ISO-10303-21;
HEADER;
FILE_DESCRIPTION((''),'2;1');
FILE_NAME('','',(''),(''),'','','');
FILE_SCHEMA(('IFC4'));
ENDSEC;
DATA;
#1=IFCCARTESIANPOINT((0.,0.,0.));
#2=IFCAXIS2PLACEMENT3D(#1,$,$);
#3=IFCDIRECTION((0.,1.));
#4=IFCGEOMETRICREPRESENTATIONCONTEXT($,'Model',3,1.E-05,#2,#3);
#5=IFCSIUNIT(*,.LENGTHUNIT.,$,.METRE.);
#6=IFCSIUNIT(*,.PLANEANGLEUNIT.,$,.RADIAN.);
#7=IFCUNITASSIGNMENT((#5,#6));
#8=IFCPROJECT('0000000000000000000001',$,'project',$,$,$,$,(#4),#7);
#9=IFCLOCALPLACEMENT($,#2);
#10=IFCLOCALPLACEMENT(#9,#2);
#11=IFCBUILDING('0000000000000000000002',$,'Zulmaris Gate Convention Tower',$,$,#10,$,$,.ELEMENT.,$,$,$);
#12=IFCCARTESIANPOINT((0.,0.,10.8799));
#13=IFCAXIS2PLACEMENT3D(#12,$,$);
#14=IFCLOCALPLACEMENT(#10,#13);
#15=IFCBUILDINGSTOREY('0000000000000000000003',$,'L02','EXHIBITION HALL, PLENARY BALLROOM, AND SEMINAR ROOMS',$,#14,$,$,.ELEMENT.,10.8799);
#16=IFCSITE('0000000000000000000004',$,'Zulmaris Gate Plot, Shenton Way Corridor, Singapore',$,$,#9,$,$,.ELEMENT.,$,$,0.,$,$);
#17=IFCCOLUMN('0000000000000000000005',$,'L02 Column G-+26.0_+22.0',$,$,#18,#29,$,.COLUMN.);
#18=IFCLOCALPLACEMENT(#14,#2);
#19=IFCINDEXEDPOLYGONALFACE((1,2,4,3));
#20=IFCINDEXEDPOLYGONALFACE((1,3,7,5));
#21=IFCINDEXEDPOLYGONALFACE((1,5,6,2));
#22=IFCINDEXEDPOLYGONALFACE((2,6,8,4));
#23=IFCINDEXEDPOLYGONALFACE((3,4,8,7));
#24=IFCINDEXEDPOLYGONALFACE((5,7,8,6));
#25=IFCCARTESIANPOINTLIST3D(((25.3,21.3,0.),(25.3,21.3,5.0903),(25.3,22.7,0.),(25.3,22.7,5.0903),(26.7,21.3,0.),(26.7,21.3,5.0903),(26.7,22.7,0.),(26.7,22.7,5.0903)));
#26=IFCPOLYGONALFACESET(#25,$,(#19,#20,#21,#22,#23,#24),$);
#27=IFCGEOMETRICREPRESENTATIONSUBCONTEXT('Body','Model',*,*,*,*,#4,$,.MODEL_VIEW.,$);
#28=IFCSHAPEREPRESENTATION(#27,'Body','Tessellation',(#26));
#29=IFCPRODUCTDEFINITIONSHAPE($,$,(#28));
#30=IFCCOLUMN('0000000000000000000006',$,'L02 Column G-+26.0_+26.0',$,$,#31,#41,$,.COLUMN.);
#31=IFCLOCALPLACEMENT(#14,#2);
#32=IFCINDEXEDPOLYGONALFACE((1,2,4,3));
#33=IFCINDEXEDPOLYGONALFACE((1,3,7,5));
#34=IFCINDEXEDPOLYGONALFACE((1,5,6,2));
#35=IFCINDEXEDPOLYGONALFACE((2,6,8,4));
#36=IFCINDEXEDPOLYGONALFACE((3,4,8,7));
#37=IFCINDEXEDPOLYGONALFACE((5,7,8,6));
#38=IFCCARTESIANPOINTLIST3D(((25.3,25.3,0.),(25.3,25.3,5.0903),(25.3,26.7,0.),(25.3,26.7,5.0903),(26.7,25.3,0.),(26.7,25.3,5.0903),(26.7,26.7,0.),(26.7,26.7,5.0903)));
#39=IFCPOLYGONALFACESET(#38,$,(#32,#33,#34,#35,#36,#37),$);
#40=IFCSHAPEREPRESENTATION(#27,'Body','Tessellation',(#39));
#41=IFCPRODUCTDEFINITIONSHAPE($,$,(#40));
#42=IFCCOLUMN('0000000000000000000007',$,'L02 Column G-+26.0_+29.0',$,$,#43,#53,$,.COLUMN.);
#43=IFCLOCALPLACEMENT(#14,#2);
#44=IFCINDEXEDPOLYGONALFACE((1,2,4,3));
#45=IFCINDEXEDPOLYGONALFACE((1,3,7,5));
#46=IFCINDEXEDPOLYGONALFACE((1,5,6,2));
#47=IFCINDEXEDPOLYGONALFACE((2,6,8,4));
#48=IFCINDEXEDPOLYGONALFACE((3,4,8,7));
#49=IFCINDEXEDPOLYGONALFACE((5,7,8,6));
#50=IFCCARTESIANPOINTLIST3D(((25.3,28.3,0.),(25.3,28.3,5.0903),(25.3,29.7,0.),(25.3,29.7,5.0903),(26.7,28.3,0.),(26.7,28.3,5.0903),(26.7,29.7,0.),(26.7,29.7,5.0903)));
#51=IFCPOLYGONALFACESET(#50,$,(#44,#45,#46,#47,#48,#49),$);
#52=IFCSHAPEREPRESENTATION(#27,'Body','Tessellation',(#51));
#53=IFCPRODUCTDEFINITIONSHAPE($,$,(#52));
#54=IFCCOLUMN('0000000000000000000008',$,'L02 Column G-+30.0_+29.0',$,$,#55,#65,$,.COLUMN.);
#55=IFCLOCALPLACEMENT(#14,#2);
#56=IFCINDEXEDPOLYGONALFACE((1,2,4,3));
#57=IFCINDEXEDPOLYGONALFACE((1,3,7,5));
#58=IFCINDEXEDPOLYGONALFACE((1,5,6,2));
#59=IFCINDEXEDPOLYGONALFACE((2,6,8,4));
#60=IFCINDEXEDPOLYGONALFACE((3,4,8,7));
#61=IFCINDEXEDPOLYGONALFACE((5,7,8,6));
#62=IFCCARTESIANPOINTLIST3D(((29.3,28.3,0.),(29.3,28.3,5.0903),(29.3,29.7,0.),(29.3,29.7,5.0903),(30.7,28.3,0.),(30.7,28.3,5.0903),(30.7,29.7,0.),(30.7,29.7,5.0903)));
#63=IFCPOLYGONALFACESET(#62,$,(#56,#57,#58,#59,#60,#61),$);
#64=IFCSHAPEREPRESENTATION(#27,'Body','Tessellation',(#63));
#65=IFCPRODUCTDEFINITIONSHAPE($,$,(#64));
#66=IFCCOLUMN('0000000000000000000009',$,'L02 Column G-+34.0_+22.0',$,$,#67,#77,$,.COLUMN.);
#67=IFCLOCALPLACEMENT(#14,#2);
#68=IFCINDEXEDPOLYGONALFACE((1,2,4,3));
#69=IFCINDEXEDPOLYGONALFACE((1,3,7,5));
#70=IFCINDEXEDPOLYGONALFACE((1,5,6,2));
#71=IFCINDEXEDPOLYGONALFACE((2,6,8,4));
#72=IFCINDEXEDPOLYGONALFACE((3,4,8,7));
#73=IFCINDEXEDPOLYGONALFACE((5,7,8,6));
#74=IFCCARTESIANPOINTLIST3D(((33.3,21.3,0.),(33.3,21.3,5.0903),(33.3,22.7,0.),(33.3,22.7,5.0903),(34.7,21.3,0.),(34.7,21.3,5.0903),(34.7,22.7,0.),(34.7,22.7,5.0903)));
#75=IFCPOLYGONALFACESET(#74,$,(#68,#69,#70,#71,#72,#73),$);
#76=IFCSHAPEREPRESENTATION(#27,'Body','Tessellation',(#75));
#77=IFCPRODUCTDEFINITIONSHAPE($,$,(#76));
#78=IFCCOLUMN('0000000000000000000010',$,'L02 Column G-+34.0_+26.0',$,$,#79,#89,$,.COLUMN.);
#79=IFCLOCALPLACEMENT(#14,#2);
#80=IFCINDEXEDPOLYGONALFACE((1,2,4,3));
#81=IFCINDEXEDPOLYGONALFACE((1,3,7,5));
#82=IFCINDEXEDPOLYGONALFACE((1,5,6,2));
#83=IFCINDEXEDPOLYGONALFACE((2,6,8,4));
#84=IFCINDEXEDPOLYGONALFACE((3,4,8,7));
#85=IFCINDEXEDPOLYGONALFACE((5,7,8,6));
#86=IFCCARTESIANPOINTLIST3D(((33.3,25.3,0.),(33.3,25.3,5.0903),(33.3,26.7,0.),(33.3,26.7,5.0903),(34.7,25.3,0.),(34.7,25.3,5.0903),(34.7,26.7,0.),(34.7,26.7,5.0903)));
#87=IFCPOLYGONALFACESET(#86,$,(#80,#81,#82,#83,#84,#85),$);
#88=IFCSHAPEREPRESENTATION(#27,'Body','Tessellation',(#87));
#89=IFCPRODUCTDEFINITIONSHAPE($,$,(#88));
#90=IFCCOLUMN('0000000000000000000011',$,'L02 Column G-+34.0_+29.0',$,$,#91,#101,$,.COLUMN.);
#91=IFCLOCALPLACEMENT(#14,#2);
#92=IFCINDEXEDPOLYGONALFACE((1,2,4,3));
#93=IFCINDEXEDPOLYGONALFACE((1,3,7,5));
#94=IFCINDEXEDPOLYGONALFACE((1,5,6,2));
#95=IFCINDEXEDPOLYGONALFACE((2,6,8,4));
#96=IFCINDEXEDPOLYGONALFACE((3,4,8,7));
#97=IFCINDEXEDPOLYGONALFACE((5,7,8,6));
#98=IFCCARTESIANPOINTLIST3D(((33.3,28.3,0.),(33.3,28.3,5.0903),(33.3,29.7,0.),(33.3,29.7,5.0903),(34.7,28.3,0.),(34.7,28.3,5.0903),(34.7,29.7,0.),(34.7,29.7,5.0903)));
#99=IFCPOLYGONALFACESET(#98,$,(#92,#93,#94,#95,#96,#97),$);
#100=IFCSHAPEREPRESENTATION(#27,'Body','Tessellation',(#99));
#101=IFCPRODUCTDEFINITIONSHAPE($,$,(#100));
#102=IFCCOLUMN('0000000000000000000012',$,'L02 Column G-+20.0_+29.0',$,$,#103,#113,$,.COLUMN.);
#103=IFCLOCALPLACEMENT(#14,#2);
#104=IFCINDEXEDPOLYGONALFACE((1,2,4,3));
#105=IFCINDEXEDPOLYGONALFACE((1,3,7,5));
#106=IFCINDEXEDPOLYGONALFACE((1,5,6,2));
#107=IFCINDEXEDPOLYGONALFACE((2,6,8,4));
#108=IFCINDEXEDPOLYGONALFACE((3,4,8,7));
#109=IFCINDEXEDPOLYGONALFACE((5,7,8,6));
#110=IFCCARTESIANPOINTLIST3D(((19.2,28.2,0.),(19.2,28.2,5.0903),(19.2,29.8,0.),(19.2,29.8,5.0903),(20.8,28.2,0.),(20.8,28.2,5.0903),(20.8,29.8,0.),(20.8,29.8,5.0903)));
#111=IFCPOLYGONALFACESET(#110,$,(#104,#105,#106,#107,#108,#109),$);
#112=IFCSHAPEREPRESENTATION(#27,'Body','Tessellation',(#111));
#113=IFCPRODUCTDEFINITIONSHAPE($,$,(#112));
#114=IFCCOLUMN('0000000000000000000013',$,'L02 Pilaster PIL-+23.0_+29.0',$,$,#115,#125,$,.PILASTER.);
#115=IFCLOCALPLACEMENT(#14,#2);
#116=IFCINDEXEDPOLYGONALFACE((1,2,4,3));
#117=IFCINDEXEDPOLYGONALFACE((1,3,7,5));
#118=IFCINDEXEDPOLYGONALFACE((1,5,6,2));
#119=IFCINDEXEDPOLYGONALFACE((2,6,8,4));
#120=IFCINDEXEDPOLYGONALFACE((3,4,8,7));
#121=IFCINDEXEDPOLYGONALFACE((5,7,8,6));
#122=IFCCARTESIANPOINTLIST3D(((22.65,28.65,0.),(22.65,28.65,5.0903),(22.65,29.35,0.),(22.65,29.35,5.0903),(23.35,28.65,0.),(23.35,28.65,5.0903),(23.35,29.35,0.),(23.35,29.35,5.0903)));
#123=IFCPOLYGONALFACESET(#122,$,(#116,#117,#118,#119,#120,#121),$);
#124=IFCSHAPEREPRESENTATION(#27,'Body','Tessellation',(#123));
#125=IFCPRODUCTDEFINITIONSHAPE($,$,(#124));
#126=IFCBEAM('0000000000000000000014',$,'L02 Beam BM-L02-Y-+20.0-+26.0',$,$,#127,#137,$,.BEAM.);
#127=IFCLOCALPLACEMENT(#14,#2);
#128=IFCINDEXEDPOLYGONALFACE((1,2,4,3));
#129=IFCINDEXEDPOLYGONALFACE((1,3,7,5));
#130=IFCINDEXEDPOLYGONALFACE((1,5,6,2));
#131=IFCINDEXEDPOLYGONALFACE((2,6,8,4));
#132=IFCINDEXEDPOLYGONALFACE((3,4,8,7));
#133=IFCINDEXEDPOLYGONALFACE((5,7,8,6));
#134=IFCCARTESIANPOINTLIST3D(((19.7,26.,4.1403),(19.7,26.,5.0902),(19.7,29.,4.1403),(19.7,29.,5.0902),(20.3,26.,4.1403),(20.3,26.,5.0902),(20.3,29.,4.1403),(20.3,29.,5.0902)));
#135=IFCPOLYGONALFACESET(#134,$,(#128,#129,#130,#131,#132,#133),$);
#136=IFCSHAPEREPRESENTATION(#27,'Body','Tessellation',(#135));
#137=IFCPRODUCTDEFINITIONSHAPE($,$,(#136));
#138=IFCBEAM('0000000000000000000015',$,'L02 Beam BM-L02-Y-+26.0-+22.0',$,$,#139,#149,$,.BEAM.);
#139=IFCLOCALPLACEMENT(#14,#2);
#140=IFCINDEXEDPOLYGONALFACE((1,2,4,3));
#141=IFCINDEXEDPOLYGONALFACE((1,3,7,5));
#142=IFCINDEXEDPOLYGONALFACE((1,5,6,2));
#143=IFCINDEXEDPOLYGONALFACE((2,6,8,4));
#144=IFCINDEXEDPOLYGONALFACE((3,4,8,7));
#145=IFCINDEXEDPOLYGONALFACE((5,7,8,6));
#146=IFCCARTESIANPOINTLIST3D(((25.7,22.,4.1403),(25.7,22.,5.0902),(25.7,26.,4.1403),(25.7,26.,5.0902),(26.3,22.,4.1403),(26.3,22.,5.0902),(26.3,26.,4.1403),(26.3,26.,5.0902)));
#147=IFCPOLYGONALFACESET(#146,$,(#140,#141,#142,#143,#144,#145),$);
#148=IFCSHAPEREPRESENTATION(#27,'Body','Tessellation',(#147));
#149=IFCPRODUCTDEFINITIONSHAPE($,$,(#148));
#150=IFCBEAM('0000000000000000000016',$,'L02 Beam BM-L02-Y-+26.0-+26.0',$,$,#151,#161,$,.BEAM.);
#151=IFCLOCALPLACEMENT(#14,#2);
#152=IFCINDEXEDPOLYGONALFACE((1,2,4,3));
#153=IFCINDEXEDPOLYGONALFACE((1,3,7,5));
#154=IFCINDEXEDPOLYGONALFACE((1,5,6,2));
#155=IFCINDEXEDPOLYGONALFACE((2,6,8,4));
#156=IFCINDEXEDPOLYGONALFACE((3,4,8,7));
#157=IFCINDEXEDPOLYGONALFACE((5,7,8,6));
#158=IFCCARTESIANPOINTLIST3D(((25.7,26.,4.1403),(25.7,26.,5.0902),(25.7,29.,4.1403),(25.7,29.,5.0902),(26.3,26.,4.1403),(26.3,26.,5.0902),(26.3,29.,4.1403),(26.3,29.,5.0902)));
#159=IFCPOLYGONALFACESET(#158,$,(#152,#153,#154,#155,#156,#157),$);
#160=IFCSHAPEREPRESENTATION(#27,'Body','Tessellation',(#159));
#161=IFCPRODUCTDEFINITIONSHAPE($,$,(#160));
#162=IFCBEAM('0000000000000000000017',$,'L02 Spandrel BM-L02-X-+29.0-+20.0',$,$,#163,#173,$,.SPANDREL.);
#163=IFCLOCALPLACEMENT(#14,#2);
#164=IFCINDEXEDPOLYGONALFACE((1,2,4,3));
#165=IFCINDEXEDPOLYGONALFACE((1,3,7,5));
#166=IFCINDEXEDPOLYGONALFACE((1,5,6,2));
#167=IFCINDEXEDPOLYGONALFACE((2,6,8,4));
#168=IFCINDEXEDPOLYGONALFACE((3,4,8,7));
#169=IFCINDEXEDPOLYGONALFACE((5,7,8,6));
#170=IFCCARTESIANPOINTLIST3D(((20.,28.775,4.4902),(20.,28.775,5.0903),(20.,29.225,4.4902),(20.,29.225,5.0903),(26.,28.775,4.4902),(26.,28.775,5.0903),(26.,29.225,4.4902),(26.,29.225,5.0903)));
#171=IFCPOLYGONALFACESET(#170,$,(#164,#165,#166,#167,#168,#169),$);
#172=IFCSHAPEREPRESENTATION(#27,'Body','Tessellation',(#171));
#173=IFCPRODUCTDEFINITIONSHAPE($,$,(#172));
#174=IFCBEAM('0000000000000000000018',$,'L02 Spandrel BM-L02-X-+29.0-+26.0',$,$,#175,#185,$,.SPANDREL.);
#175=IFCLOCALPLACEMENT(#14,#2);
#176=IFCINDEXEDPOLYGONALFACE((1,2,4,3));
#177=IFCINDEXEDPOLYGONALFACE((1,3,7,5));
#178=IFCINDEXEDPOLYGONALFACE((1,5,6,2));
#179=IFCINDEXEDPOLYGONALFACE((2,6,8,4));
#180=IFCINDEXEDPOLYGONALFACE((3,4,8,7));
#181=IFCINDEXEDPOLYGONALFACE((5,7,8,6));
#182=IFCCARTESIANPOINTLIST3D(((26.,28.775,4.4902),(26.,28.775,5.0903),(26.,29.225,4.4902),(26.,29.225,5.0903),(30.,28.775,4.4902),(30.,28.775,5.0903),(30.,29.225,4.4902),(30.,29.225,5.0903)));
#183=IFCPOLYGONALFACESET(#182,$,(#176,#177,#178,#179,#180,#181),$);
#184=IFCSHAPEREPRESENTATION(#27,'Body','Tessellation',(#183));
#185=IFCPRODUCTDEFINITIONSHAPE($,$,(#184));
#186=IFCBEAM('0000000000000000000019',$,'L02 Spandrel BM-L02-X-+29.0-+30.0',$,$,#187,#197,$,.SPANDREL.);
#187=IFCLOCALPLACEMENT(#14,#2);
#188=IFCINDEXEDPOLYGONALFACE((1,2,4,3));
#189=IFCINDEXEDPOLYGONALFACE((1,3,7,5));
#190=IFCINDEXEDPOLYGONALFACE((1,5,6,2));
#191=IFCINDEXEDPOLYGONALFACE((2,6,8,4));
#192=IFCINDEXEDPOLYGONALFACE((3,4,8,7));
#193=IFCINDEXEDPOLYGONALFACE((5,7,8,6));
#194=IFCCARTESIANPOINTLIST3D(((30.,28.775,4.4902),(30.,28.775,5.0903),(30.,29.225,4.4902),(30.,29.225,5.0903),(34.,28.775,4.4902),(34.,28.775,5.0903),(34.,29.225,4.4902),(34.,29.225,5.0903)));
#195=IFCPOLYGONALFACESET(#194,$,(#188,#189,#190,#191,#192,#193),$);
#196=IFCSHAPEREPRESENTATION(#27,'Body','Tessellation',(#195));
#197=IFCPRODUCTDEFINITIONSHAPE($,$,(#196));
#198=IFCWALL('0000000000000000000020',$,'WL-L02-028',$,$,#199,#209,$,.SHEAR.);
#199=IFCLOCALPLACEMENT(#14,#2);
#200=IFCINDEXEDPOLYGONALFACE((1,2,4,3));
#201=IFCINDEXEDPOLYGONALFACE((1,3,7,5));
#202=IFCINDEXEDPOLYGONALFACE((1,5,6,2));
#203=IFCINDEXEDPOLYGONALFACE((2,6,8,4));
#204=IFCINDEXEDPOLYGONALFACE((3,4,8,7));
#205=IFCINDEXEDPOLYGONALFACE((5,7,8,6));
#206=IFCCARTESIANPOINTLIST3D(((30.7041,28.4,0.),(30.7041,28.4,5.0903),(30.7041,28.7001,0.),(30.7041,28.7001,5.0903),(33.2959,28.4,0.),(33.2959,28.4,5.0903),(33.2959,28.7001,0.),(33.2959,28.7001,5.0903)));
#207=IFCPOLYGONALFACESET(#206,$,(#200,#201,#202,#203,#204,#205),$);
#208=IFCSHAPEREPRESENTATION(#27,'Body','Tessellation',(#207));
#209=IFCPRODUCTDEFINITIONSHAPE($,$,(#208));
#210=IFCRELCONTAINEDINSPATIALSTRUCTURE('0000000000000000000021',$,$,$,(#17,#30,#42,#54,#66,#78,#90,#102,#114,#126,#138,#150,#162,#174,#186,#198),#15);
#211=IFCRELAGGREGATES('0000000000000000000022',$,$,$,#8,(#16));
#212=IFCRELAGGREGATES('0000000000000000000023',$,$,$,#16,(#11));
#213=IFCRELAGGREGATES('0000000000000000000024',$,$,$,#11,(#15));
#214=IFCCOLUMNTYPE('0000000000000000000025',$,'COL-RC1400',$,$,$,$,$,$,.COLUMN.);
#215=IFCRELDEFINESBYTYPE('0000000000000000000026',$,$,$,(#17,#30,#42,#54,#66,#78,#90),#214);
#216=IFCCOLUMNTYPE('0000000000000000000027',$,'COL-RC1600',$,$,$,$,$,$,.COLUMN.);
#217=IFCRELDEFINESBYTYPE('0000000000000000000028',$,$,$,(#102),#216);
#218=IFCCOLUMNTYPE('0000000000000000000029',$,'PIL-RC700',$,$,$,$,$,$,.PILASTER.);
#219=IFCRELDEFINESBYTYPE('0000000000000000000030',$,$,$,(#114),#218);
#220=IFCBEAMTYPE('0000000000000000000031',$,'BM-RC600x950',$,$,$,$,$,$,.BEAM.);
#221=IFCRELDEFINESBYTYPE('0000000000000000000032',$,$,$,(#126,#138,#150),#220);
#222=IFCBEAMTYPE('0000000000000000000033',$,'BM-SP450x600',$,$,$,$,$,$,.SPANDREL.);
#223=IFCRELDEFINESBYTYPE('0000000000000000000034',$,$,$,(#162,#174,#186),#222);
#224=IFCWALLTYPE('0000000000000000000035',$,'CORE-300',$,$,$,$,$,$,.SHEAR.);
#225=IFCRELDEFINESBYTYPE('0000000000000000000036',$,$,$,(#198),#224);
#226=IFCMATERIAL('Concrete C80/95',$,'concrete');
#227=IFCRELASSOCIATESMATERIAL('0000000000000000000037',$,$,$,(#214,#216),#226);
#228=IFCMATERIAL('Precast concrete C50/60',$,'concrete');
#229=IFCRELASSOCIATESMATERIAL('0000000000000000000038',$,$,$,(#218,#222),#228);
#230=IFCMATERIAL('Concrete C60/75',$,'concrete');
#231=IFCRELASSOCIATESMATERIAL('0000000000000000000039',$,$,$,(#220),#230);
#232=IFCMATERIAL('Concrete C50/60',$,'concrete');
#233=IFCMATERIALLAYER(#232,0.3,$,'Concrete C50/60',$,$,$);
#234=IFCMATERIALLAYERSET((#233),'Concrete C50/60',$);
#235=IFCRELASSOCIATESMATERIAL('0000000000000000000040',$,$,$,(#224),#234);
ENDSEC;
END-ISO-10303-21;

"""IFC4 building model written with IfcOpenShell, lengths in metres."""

from ifc_helpers import new_model, si_unit, direction, frame, frame_2d, origin, origin_2d, place, context, subcontext, project, spatial, rectangle, extrude, material, layer, layer_set, material_profile, profile_set, type_object, element, save


model = new_model("IFC4")

# Units and contexts
model_context = context("Model", 3, precision=1e-05, world=origin(), true_north=direction((0.0, 1.0)))
body_context = subcontext(model_context, "Body", "Model", "MODEL_VIEW")
ifc_project = project(units=[si_unit("LENGTHUNIT", "METRE"), si_unit("PLANEANGLEUNIT", "RADIAN")], contexts=[model_context])

# Site, building, storey
site_placement = place(None, origin())
site = spatial("IfcSite", under=ifc_project, at=site_placement, Name="Zulmaris Gate Plot, Shenton Way Corridor, Singapore", CompositionType="ELEMENT", RefElevation=0.0)
building_placement = place(site_placement, origin())
building = spatial("IfcBuilding", under=site, at=building_placement, Name="Zulmaris Gate Convention Tower", CompositionType="ELEMENT")
storey_placement = place(building_placement, frame((0.0, 0.0, 10.8799)))
storey = spatial("IfcBuildingStorey", under=building, at=storey_placement, Name="L02", Description="EXHIBITION HALL, PLENARY BALLROOM, AND SEMINAR ROOMS", CompositionType="ELEMENT", Elevation=10.8799)

# Columns
ifc_material_1 = material(Name="Concrete C80/95", Category="concrete")
ifc_material_profile_1 = material_profile(ifc_material_1, rectangle(XDim=1.3999, YDim=1.3999, at=origin_2d()), Name="RC COL 1400x1400")
ifc_profile_set_1 = profile_set([ifc_material_profile_1], Name="Concrete C80/95")
column_type_1 = type_object("IfcColumnType", Name="COL-RC1400", PredefinedType="COLUMN", material=ifc_profile_set_1)
for number, where, z_axis, x_axis, name in (
    (1, (26.0, 22.0, 0.0), (0.0, 0.0, 1.0), (1.0, 0.0, 0.0), "L02 Column G-+26.0_+22.0"),
    (2, (26.0, 26.0, 0.0), (0.0, 0.0, 1.0), (1.0, 0.0, 0.0), "L02 Column G-+26.0_+26.0"),
    (3, (26.0, 29.0, 0.0), (0.0, 0.0, 1.0), (1.0, 0.0, 0.0), "L02 Column G-+26.0_+29.0"),
    (4, (30.0, 29.0, 0.0), (0.0, 0.0, 1.0), (1.0, 0.0, 0.0), "L02 Column G-+30.0_+29.0"),
    (5, (34.0, 22.0, 0.0), (0.0, 0.0, 1.0), (1.0, 0.0, 0.0), "L02 Column G-+34.0_+22.0"),
    (6, (34.0, 26.0, 0.0), (0.0, 0.0, 1.0), (1.0, 0.0, 0.0), "L02 Column G-+34.0_+26.0"),
    (7, (34.0, 29.0, 0.0), (0.0, 0.0, 1.0), (1.0, 0.0, 0.0), "L02 Column G-+34.0_+29.0"),
):
    element("IfcColumn", number, at=place(storey_placement, frame(where, z_axis=z_axis, x_axis=x_axis)), inside=storey, type_object=column_type_1, Name=name, PredefinedType="COLUMN", context=body_context, shape_type="SweptSolid", body=[
        extrude(rectangle(XDim=1.3999, YDim=1.3999, at=origin_2d()), origin(), (0.0, 0.0, 1.0), 5.0903),
    ])
ifc_material_profile_2 = material_profile(ifc_material_1, rectangle(XDim=1.6001, YDim=1.6001, at=origin_2d()), Name="RC COL 1600x1600")
ifc_profile_set_2 = profile_set([ifc_material_profile_2], Name="Concrete C80/95")
column_type_2 = type_object("IfcColumnType", Name="COL-RC1600", PredefinedType="COLUMN", material=ifc_profile_set_2)
column_1_placement = place(storey_placement, frame((20.0, 29.0, 0.0), z_axis=(0.0, 0.0, 1.0), x_axis=(1.0, 0.0, 0.0)))
element("IfcColumn", 8, at=column_1_placement, inside=storey, type_object=column_type_2, Name="L02 Column G-+20.0_+29.0", PredefinedType="COLUMN", context=body_context, shape_type="SweptSolid", body=[
    extrude(rectangle(XDim=1.6001, YDim=1.6001, at=origin_2d()), origin(), (0.0, 0.0, 1.0), 5.0903),
])
ifc_material_2 = material(Name="Precast concrete C50/60", Category="concrete")
ifc_material_profile_3 = material_profile(ifc_material_2, rectangle(XDim=0.7, YDim=0.7, at=origin_2d()), Name="RC COL 700x700")
ifc_profile_set_3 = profile_set([ifc_material_profile_3], Name="Precast concrete C50/60")
column_type_3 = type_object("IfcColumnType", Name="PIL-RC700", PredefinedType="PILASTER", material=ifc_profile_set_3)
column_2_placement = place(storey_placement, frame((23.0, 29.0, 0.0), z_axis=(0.0, 0.0, 1.0), x_axis=(1.0, 0.0, 0.0)))
element("IfcColumn", 9, at=column_2_placement, inside=storey, type_object=column_type_3, Name="L02 Pilaster PIL-+23.0_+29.0", PredefinedType="PILASTER", context=body_context, shape_type="SweptSolid", body=[
    extrude(rectangle(XDim=0.7, YDim=0.7, at=origin_2d()), origin(), (0.0, 0.0, 1.0), 5.0903),
])

# Beams
ifc_material_3 = material(Name="Concrete C60/75", Category="concrete")
ifc_material_profile_4 = material_profile(ifc_material_3, rectangle(XDim=0.6001, YDim=0.95, at=origin_2d()), Name="RC BEAM 600x950")
ifc_profile_set_4 = profile_set([ifc_material_profile_4], Name="Concrete C60/75")
beam_type_1 = type_object("IfcBeamType", Name="BM-RC600x950", PredefinedType="BEAM", material=ifc_profile_set_4)
beam_1_placement = place(storey_placement, frame((20.0, 26.0, 4.6152), z_axis=(0.0, 1.0, 0.0), x_axis=(-1.0, 0.0, 0.0)))
element("IfcBeam", 10, at=beam_1_placement, inside=storey, type_object=beam_type_1, Name="L02 Beam BM-L02-Y-+20.0-+26.0", PredefinedType="BEAM", context=body_context, shape_type="SweptSolid", body=[
    extrude(rectangle(XDim=0.6001, YDim=0.95, at=origin_2d()), origin(), (0.0, 0.0, 1.0), 3.0),
])
beam_2_placement = place(storey_placement, frame((26.0, 22.0, 4.6152), z_axis=(0.0, 1.0, 0.0), x_axis=(-1.0, 0.0, 0.0)))
element("IfcBeam", 11, at=beam_2_placement, inside=storey, type_object=beam_type_1, Name="L02 Beam BM-L02-Y-+26.0-+22.0", PredefinedType="BEAM", context=body_context, shape_type="SweptSolid", body=[
    extrude(rectangle(XDim=0.6001, YDim=0.95, at=origin_2d()), origin(), (0.0, 0.0, 1.0), 4.0),
])
beam_3_placement = place(storey_placement, frame((26.0, 26.0, 4.6152), z_axis=(0.0, 1.0, 0.0), x_axis=(-1.0, 0.0, 0.0)))
element("IfcBeam", 12, at=beam_3_placement, inside=storey, type_object=beam_type_1, Name="L02 Beam BM-L02-Y-+26.0-+26.0", PredefinedType="BEAM", context=body_context, shape_type="SweptSolid", body=[
    extrude(rectangle(XDim=0.6001, YDim=0.95, at=origin_2d()), origin(), (0.0, 0.0, 1.0), 3.0),
])
ifc_material_profile_5 = material_profile(ifc_material_2, rectangle(XDim=0.45, YDim=0.6001, at=origin_2d()), Name="RC SPANDREL 450x600")
ifc_profile_set_5 = profile_set([ifc_material_profile_5], Name="Precast concrete C50/60")
beam_type_2 = type_object("IfcBeamType", Name="BM-SP450x600", PredefinedType="SPANDREL", material=ifc_profile_set_5)
beam_4_placement = place(storey_placement, frame((20.0, 29.0, 4.7903), z_axis=(1.0, 0.0, 0.0), x_axis=(0.0, 1.0, 0.0)))
element("IfcBeam", 13, at=beam_4_placement, inside=storey, type_object=beam_type_2, Name="L02 Spandrel BM-L02-X-+29.0-+20.0", PredefinedType="SPANDREL", context=body_context, shape_type="SweptSolid", body=[
    extrude(rectangle(XDim=0.45, YDim=0.6001, at=origin_2d()), origin(), (0.0, 0.0, 1.0), 6.0),
])
for number, where, z_axis, x_axis, name in (
    (14, (26.0, 29.0, 4.7903), (1.0, 0.0, 0.0), (0.0, 1.0, 0.0), "L02 Spandrel BM-L02-X-+29.0-+26.0"),
    (15, (30.0, 29.0, 4.7903), (1.0, 0.0, 0.0), (0.0, 1.0, 0.0), "L02 Spandrel BM-L02-X-+29.0-+30.0"),
):
    element("IfcBeam", number, at=place(storey_placement, frame(where, z_axis=z_axis, x_axis=x_axis)), inside=storey, type_object=beam_type_2, Name=name, PredefinedType="SPANDREL", context=body_context, shape_type="SweptSolid", body=[
        extrude(rectangle(XDim=0.45, YDim=0.6001, at=origin_2d()), origin(), (0.0, 0.0, 1.0), 4.0),
    ])

# Wall
ifc_material_4 = material(Name="Concrete C50/60", Category="concrete")
ifc_layer_1 = layer(ifc_material_4, 0.3, Name="Concrete C50/60")
ifc_layer_set_1 = layer_set([ifc_layer_1], Name="Concrete C50/60")
wall_type_1 = type_object("IfcWallType", Name="CORE-300", PredefinedType="SHEAR", material=ifc_layer_set_1)
wall_1_placement = place(storey_placement, frame((30.7041, 28.55, 0.0), z_axis=(0.0, 0.0, 1.0), x_axis=(1.0, 0.0, 0.0)))
element("IfcWall", 16, at=wall_1_placement, inside=storey, type_object=wall_type_1, Name="WL-L02-028", PredefinedType="SHEAR", context=body_context, shape_type="SweptSolid", body=[
    extrude(rectangle(XDim=2.5918, YDim=0.3, at=frame_2d((1.2959, 0.0))), origin(), (0.0, 0.0, 1.0), 5.0903),
])

save(model, "model.ifc")
